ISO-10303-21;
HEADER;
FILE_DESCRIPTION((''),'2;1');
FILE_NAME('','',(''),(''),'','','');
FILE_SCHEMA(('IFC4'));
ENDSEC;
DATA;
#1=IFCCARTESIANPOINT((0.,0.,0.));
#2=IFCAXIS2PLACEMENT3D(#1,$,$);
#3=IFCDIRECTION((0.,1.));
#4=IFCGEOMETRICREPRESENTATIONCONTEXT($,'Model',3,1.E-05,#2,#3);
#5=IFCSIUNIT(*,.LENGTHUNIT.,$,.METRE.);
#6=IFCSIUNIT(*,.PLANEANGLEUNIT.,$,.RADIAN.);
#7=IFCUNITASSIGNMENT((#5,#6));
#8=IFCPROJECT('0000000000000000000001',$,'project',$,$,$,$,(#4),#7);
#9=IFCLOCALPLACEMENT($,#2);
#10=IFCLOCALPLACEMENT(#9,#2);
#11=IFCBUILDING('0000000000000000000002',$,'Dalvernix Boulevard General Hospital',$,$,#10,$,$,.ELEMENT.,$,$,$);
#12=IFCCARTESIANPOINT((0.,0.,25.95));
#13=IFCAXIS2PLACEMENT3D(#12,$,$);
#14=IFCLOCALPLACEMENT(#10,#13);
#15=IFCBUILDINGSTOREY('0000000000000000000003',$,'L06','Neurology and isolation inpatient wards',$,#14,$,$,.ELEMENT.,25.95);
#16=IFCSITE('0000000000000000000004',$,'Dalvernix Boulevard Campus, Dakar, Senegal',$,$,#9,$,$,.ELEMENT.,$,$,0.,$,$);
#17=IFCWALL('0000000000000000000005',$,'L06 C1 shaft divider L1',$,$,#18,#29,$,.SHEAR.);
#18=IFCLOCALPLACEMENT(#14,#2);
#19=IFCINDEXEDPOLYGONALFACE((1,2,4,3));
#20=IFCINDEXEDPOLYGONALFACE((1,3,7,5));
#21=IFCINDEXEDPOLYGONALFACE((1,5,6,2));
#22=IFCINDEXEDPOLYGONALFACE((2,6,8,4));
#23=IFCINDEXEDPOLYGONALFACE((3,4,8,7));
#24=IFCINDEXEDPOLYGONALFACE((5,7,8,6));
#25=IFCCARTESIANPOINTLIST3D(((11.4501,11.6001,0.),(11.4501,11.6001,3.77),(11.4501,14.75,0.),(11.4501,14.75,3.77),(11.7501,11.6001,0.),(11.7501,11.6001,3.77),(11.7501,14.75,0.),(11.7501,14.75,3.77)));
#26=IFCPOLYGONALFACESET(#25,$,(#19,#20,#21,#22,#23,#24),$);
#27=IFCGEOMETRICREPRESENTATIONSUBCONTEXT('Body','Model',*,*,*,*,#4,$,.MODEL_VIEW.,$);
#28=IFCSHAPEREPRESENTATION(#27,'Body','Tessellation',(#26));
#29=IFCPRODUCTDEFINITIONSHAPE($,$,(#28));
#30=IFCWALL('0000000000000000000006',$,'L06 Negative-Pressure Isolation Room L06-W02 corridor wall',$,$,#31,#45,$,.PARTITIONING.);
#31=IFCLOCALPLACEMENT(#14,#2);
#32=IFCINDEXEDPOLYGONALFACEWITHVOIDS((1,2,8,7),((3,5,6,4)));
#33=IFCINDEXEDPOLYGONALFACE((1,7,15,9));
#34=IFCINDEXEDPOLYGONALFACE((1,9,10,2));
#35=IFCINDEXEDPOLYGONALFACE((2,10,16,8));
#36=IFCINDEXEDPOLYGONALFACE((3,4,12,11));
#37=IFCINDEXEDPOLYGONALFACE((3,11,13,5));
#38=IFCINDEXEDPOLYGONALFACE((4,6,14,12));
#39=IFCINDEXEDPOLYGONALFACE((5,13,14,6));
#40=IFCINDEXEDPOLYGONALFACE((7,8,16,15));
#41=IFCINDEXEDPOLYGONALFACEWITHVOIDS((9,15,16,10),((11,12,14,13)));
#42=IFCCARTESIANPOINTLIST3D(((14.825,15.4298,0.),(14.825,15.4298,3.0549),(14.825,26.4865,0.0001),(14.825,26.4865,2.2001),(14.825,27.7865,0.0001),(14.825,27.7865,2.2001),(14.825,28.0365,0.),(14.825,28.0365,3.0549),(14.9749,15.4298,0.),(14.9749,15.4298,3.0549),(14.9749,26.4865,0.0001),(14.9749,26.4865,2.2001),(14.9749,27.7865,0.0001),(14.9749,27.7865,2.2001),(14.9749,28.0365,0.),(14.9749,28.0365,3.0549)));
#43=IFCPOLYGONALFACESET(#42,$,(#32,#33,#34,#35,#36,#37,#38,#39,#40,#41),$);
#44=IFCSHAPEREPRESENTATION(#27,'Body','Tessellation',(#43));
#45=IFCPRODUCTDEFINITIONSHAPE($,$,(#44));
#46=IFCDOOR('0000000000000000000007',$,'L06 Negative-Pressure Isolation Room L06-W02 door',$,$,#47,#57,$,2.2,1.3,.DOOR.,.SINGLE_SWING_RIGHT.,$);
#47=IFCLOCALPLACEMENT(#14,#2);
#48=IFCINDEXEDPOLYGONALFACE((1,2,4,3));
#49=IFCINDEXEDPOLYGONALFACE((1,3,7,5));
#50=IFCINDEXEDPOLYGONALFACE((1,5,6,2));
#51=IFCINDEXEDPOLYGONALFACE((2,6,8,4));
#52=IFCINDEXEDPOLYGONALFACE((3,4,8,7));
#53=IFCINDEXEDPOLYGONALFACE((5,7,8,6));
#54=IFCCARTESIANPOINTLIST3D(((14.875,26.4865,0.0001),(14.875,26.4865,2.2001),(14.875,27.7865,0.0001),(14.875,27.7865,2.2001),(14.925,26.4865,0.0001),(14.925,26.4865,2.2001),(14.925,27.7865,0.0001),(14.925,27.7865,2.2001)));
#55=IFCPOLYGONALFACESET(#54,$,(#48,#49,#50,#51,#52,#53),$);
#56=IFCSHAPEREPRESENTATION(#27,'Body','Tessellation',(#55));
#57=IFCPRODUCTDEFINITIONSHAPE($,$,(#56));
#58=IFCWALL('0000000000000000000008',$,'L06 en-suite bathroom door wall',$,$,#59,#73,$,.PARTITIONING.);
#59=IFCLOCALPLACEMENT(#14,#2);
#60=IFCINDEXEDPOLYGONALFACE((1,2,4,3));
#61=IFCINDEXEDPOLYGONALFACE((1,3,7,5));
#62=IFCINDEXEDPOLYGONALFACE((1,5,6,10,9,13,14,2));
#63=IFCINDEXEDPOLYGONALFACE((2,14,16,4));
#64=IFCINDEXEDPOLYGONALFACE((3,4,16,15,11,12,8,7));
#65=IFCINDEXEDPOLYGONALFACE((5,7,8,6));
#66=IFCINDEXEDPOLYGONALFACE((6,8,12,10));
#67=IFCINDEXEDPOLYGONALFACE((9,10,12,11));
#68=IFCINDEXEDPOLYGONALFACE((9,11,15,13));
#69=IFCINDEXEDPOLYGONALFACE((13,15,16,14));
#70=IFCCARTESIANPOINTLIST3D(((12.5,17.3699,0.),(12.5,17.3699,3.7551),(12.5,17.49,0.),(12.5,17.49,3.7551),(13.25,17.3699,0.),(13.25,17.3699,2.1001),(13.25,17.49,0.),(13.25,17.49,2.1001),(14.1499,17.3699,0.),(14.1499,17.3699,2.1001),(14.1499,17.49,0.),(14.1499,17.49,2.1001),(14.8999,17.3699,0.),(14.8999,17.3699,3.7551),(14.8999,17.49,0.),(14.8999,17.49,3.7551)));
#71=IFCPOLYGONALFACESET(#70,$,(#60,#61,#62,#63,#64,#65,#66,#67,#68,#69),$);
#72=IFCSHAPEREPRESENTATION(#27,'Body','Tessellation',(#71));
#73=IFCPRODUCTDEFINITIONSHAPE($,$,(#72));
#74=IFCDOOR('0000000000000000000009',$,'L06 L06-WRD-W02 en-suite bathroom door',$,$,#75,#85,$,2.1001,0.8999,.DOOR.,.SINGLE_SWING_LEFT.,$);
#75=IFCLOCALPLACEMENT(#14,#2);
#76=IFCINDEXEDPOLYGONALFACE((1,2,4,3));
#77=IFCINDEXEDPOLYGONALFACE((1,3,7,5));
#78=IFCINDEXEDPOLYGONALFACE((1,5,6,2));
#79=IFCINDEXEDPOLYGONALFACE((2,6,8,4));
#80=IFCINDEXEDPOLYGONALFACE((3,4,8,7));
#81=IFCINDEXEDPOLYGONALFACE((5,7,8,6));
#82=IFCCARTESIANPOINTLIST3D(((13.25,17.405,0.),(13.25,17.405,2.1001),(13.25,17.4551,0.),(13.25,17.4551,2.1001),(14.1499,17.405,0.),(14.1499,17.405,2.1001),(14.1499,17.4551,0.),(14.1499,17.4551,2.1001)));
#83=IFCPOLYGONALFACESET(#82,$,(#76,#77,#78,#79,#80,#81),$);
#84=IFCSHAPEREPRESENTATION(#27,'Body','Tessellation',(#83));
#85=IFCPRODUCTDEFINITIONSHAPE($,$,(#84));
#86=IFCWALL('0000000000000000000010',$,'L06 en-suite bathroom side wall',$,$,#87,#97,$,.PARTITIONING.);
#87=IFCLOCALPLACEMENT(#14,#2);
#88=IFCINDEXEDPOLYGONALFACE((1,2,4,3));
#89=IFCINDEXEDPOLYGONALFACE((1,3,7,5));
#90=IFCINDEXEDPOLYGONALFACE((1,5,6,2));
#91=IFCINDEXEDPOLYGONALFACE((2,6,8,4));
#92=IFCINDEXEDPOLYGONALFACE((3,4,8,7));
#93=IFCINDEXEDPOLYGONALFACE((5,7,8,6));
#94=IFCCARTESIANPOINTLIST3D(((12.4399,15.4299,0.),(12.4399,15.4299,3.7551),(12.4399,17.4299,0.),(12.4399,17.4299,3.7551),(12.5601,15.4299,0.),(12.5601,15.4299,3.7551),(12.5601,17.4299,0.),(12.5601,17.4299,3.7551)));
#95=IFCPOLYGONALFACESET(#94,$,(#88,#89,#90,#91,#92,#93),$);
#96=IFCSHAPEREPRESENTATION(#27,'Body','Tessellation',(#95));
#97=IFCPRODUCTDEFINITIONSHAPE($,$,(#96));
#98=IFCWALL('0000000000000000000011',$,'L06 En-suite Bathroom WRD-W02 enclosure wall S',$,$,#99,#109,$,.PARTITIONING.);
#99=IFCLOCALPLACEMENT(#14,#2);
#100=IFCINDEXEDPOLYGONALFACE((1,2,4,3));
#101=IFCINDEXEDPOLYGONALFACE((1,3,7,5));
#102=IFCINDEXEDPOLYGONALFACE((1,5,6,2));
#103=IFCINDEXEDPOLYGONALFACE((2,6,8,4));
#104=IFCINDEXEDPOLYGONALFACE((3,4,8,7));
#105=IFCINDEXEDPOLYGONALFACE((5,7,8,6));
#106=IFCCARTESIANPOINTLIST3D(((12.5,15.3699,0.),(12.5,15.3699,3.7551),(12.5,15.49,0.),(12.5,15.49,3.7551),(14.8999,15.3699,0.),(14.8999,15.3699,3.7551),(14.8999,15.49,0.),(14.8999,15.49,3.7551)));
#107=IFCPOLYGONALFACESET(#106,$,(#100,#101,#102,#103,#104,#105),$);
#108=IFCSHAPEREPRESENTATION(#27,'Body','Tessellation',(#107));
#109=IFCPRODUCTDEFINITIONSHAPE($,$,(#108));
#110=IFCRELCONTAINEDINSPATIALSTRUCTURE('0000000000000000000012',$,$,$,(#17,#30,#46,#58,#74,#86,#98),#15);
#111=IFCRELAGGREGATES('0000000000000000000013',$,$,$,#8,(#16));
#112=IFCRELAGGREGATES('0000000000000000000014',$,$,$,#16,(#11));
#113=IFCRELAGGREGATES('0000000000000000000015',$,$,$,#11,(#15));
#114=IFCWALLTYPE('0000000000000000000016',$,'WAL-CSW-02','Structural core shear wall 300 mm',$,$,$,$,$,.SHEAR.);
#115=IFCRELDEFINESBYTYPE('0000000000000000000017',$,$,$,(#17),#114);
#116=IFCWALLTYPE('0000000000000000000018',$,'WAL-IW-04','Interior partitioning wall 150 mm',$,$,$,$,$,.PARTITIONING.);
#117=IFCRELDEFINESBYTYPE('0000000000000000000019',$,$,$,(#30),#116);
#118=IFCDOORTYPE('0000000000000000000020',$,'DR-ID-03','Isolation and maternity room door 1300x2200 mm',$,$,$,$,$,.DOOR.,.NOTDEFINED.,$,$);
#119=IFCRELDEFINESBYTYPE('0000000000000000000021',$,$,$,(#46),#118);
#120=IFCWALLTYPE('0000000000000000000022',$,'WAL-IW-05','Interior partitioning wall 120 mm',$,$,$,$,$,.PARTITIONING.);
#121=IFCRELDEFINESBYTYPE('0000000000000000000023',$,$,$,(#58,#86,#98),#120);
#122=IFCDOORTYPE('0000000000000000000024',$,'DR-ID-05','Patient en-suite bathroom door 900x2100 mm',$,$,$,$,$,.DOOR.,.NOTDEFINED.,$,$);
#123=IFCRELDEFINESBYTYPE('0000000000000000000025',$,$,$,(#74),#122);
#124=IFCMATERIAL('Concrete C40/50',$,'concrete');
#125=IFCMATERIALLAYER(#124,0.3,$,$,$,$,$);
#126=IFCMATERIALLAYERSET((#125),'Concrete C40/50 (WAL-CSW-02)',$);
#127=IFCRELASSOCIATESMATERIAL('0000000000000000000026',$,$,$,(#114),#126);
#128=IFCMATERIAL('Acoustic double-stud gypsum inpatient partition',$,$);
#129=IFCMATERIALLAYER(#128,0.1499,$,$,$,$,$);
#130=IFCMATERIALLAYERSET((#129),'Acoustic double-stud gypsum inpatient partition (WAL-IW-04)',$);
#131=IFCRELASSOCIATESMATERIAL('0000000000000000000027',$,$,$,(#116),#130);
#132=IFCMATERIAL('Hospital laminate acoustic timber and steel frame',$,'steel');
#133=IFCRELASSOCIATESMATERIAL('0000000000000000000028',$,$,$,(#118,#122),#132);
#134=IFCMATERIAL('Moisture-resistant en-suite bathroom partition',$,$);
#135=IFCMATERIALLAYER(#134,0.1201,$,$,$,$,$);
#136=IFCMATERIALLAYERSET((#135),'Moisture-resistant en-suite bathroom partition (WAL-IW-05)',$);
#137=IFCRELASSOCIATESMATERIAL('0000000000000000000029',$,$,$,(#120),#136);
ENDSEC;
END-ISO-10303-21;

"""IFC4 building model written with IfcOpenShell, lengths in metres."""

from ifc_helpers import new_model, si_unit, direction, frame, frame_2d, origin, place, context, subcontext, project, spatial, rectangle, extrude, material, layer, layer_set, type_object, element, fill, save


model = new_model("IFC4")

# Units and contexts
model_context = context("Model", 3, precision=1e-05, world=origin(), true_north=direction((0.0, 1.0)))
body_context = subcontext(model_context, "Body", "Model", "MODEL_VIEW")
ifc_project = project(units=[si_unit("LENGTHUNIT", "METRE"), si_unit("PLANEANGLEUNIT", "RADIAN")], contexts=[model_context])

# Site, building, storey
site_placement = place(None, origin())
site = spatial("IfcSite", under=ifc_project, at=site_placement, Name="Dalvernix Boulevard Campus, Dakar, Senegal", CompositionType="ELEMENT", RefElevation=0.0)
building_placement = place(site_placement, origin())
building = spatial("IfcBuilding", under=site, at=building_placement, Name="Dalvernix Boulevard General Hospital", CompositionType="ELEMENT")
storey_placement = place(building_placement, frame((0.0, 0.0, 25.95)))
storey = spatial("IfcBuildingStorey", under=building, at=storey_placement, Name="L06", Description="Neurology and isolation inpatient wards", CompositionType="ELEMENT", Elevation=25.95)

# Shared definitions
ifc_material_1 = material(Name="Concrete C40/50", Category="concrete")

# Shared definitions
ifc_layer_1 = layer(ifc_material_1, 0.3)
ifc_layer_set_1 = layer_set([ifc_layer_1], Name="Concrete C40/50 (WAL-CSW-02)")
wall_type_1 = type_object("IfcWallType", Name="WAL-CSW-02", Description="Structural core shear wall 300 mm", PredefinedType="SHEAR", material=ifc_layer_set_1)

# Shared definitions
ifc_material_2 = material(Name="Hospital laminate acoustic timber and steel frame", Category="steel")

# Wall
for number, where, z_axis, x_axis, name in (
    (1, (11.6001, 11.6001, 0.0), (0.0, 0.0, 1.0), (0.0, 1.0, 0.0), "L06 C1 shaft divider L1"),
):
    element("IfcWall", number, at=place(storey_placement, frame(where, z_axis=z_axis, x_axis=x_axis)), inside=storey, type_object=wall_type_1, Name=name, PredefinedType="SHEAR", context=body_context, shape_type="SweptSolid", body=[
        extrude(rectangle(XDim=3.1499, YDim=0.3, at=frame_2d((1.575, 0.0))), origin(), (0.0, 0.0, 1.0), 3.77),
    ])

# Walls, openings, doors
ifc_material_3 = material(Name="Acoustic double-stud gypsum inpatient partition")
ifc_layer_2 = layer(ifc_material_3, 0.1499)
ifc_layer_set_2 = layer_set([ifc_layer_2], Name="Acoustic double-stud gypsum inpatient partition (WAL-IW-04)")
wall_type_2 = type_object("IfcWallType", Name="WAL-IW-04", Description="Interior partitioning wall 150 mm", PredefinedType="PARTITIONING", material=ifc_layer_set_2)
wall_1_placement = place(storey_placement, frame((14.8999, 15.4299, 0.0), z_axis=(0.0, 0.0, 1.0), x_axis=(0.0, 1.0, 0.0)))
wall_1 = element("IfcWall", 2, at=wall_1_placement, inside=storey, type_object=wall_type_2, Name="L06 Negative-Pressure Isolation Room L06-W02 corridor wall", PredefinedType="PARTITIONING", context=body_context, shape_type="SweptSolid", body=[
    extrude(rectangle(XDim=12.6067, YDim=0.1499, at=frame_2d((6.3032, 0.0))), origin(), (0.0, 0.0, 1.0), 3.0549),
])
opening_1_placement = place(wall_1_placement, frame((11.0566, 0.0, 0.0)))
opening_1 = element("IfcOpeningElement", 3, at=opening_1_placement, cuts=wall_1, PredefinedType="OPENING", context=body_context, shape_type="SweptSolid", body=[
    extrude(rectangle(XDim=1.3, YDim=2.2, at=frame_2d((0.6499, 1.1001))), frame((0.0, 0.085, 0.0), z_axis=(0.0, -1.0, 0.0), x_axis=(1.0, 0.0, 0.0)), (0.0, 0.0, 1.0), 0.1699),
])
door_type_1 = type_object("IfcDoorType", Name="DR-ID-03", Description="Isolation and maternity room door 1300x2200 mm", OperationType="NOTDEFINED", PredefinedType="DOOR", material=ifc_material_2)
door_1_placement = place(opening_1_placement, origin())
door_1 = element("IfcDoor", 4, at=door_1_placement, inside=storey, type_object=door_type_1, Name="L06 Negative-Pressure Isolation Room L06-W02 door", OperationType="SINGLE_SWING_RIGHT", OverallHeight=2.2, OverallWidth=1.3, PredefinedType="DOOR", context=body_context, shape_type="SweptSolid", body=[
    extrude(rectangle(XDim=1.3, YDim=2.2, at=frame_2d((0.6499, 1.1001))), frame((0.0, 0.0249, 0.0), z_axis=(0.0, -1.0, 0.0), x_axis=(1.0, 0.0, 0.0)), (0.0, 0.0, 1.0), 0.05),
])
fill(opening_1, door_1)
ifc_material_4 = material(Name="Moisture-resistant en-suite bathroom partition")
ifc_layer_3 = layer(ifc_material_4, 0.1201)
ifc_layer_set_3 = layer_set([ifc_layer_3], Name="Moisture-resistant en-suite bathroom partition (WAL-IW-05)")
wall_type_3 = type_object("IfcWallType", Name="WAL-IW-05", Description="Interior partitioning wall 120 mm", PredefinedType="PARTITIONING", material=ifc_layer_set_3)
wall_2_placement = place(storey_placement, frame((14.8999, 17.4299, 0.0), z_axis=(0.0, 0.0, 1.0), x_axis=(-1.0, 0.0, 0.0)))
wall_2 = element("IfcWall", 5, at=wall_2_placement, inside=storey, type_object=wall_type_3, Name="L06 en-suite bathroom door wall", PredefinedType="PARTITIONING", context=body_context, shape_type="SweptSolid", body=[
    extrude(rectangle(XDim=2.3999, YDim=0.1201, at=frame_2d((1.2, 0.0))), origin(), (0.0, 0.0, 1.0), 3.7551),
])
opening_2_placement = place(wall_2_placement, frame((0.75, 0.0, 0.0)))
opening_2 = element("IfcOpeningElement", 6, at=opening_2_placement, cuts=wall_2, PredefinedType="OPENING", context=body_context, shape_type="SweptSolid", body=[
    extrude(rectangle(XDim=0.8999, YDim=2.1001, at=frame_2d((0.45, 1.05))), frame((0.0, 0.0701, 0.0), z_axis=(0.0, -1.0, 0.0), x_axis=(1.0, 0.0, 0.0)), (0.0, 0.0, 1.0), 0.1401),
])
door_type_2 = type_object("IfcDoorType", Name="DR-ID-05", Description="Patient en-suite bathroom door 900x2100 mm", OperationType="NOTDEFINED", PredefinedType="DOOR", material=ifc_material_2)
door_2_placement = place(opening_2_placement, origin())
door_2 = element("IfcDoor", 7, at=door_2_placement, inside=storey, type_object=door_type_2, Name="L06 L06-WRD-W02 en-suite bathroom door", OperationType="SINGLE_SWING_LEFT", OverallHeight=2.1001, OverallWidth=0.8999, PredefinedType="DOOR", context=body_context, shape_type="SweptSolid", body=[
    extrude(rectangle(XDim=0.8999, YDim=2.1001, at=frame_2d((0.45, 1.05))), frame((0.0, 0.0249, 0.0), z_axis=(0.0, -1.0, 0.0), x_axis=(1.0, 0.0, 0.0)), (0.0, 0.0, 1.0), 0.05),
])
fill(opening_2, door_2)

# Walls
wall_3_placement = place(storey_placement, frame((12.5, 15.4299, 0.0), z_axis=(0.0, 0.0, 1.0), x_axis=(0.0, 1.0, 0.0)))
element("IfcWall", 8, at=wall_3_placement, inside=storey, type_object=wall_type_3, Name="L06 en-suite bathroom side wall", PredefinedType="PARTITIONING", context=body_context, shape_type="SweptSolid", body=[
    extrude(rectangle(XDim=2.0, YDim=0.1201, at=frame_2d((1.0, 0.0))), origin(), (0.0, 0.0, 1.0), 3.7551),
])
wall_4_placement = place(storey_placement, frame((12.5, 15.4299, 0.0), z_axis=(0.0, 0.0, 1.0), x_axis=(1.0, 0.0, 0.0)))
element("IfcWall", 9, at=wall_4_placement, inside=storey, type_object=wall_type_3, Name="L06 En-suite Bathroom WRD-W02 enclosure wall S", PredefinedType="PARTITIONING", context=body_context, shape_type="SweptSolid", body=[
    extrude(rectangle(XDim=2.3999, YDim=0.1201, at=frame_2d((1.2, 0.0))), origin(), (0.0, 0.0, 1.0), 3.7551),
])

save(model, "model.ifc")
